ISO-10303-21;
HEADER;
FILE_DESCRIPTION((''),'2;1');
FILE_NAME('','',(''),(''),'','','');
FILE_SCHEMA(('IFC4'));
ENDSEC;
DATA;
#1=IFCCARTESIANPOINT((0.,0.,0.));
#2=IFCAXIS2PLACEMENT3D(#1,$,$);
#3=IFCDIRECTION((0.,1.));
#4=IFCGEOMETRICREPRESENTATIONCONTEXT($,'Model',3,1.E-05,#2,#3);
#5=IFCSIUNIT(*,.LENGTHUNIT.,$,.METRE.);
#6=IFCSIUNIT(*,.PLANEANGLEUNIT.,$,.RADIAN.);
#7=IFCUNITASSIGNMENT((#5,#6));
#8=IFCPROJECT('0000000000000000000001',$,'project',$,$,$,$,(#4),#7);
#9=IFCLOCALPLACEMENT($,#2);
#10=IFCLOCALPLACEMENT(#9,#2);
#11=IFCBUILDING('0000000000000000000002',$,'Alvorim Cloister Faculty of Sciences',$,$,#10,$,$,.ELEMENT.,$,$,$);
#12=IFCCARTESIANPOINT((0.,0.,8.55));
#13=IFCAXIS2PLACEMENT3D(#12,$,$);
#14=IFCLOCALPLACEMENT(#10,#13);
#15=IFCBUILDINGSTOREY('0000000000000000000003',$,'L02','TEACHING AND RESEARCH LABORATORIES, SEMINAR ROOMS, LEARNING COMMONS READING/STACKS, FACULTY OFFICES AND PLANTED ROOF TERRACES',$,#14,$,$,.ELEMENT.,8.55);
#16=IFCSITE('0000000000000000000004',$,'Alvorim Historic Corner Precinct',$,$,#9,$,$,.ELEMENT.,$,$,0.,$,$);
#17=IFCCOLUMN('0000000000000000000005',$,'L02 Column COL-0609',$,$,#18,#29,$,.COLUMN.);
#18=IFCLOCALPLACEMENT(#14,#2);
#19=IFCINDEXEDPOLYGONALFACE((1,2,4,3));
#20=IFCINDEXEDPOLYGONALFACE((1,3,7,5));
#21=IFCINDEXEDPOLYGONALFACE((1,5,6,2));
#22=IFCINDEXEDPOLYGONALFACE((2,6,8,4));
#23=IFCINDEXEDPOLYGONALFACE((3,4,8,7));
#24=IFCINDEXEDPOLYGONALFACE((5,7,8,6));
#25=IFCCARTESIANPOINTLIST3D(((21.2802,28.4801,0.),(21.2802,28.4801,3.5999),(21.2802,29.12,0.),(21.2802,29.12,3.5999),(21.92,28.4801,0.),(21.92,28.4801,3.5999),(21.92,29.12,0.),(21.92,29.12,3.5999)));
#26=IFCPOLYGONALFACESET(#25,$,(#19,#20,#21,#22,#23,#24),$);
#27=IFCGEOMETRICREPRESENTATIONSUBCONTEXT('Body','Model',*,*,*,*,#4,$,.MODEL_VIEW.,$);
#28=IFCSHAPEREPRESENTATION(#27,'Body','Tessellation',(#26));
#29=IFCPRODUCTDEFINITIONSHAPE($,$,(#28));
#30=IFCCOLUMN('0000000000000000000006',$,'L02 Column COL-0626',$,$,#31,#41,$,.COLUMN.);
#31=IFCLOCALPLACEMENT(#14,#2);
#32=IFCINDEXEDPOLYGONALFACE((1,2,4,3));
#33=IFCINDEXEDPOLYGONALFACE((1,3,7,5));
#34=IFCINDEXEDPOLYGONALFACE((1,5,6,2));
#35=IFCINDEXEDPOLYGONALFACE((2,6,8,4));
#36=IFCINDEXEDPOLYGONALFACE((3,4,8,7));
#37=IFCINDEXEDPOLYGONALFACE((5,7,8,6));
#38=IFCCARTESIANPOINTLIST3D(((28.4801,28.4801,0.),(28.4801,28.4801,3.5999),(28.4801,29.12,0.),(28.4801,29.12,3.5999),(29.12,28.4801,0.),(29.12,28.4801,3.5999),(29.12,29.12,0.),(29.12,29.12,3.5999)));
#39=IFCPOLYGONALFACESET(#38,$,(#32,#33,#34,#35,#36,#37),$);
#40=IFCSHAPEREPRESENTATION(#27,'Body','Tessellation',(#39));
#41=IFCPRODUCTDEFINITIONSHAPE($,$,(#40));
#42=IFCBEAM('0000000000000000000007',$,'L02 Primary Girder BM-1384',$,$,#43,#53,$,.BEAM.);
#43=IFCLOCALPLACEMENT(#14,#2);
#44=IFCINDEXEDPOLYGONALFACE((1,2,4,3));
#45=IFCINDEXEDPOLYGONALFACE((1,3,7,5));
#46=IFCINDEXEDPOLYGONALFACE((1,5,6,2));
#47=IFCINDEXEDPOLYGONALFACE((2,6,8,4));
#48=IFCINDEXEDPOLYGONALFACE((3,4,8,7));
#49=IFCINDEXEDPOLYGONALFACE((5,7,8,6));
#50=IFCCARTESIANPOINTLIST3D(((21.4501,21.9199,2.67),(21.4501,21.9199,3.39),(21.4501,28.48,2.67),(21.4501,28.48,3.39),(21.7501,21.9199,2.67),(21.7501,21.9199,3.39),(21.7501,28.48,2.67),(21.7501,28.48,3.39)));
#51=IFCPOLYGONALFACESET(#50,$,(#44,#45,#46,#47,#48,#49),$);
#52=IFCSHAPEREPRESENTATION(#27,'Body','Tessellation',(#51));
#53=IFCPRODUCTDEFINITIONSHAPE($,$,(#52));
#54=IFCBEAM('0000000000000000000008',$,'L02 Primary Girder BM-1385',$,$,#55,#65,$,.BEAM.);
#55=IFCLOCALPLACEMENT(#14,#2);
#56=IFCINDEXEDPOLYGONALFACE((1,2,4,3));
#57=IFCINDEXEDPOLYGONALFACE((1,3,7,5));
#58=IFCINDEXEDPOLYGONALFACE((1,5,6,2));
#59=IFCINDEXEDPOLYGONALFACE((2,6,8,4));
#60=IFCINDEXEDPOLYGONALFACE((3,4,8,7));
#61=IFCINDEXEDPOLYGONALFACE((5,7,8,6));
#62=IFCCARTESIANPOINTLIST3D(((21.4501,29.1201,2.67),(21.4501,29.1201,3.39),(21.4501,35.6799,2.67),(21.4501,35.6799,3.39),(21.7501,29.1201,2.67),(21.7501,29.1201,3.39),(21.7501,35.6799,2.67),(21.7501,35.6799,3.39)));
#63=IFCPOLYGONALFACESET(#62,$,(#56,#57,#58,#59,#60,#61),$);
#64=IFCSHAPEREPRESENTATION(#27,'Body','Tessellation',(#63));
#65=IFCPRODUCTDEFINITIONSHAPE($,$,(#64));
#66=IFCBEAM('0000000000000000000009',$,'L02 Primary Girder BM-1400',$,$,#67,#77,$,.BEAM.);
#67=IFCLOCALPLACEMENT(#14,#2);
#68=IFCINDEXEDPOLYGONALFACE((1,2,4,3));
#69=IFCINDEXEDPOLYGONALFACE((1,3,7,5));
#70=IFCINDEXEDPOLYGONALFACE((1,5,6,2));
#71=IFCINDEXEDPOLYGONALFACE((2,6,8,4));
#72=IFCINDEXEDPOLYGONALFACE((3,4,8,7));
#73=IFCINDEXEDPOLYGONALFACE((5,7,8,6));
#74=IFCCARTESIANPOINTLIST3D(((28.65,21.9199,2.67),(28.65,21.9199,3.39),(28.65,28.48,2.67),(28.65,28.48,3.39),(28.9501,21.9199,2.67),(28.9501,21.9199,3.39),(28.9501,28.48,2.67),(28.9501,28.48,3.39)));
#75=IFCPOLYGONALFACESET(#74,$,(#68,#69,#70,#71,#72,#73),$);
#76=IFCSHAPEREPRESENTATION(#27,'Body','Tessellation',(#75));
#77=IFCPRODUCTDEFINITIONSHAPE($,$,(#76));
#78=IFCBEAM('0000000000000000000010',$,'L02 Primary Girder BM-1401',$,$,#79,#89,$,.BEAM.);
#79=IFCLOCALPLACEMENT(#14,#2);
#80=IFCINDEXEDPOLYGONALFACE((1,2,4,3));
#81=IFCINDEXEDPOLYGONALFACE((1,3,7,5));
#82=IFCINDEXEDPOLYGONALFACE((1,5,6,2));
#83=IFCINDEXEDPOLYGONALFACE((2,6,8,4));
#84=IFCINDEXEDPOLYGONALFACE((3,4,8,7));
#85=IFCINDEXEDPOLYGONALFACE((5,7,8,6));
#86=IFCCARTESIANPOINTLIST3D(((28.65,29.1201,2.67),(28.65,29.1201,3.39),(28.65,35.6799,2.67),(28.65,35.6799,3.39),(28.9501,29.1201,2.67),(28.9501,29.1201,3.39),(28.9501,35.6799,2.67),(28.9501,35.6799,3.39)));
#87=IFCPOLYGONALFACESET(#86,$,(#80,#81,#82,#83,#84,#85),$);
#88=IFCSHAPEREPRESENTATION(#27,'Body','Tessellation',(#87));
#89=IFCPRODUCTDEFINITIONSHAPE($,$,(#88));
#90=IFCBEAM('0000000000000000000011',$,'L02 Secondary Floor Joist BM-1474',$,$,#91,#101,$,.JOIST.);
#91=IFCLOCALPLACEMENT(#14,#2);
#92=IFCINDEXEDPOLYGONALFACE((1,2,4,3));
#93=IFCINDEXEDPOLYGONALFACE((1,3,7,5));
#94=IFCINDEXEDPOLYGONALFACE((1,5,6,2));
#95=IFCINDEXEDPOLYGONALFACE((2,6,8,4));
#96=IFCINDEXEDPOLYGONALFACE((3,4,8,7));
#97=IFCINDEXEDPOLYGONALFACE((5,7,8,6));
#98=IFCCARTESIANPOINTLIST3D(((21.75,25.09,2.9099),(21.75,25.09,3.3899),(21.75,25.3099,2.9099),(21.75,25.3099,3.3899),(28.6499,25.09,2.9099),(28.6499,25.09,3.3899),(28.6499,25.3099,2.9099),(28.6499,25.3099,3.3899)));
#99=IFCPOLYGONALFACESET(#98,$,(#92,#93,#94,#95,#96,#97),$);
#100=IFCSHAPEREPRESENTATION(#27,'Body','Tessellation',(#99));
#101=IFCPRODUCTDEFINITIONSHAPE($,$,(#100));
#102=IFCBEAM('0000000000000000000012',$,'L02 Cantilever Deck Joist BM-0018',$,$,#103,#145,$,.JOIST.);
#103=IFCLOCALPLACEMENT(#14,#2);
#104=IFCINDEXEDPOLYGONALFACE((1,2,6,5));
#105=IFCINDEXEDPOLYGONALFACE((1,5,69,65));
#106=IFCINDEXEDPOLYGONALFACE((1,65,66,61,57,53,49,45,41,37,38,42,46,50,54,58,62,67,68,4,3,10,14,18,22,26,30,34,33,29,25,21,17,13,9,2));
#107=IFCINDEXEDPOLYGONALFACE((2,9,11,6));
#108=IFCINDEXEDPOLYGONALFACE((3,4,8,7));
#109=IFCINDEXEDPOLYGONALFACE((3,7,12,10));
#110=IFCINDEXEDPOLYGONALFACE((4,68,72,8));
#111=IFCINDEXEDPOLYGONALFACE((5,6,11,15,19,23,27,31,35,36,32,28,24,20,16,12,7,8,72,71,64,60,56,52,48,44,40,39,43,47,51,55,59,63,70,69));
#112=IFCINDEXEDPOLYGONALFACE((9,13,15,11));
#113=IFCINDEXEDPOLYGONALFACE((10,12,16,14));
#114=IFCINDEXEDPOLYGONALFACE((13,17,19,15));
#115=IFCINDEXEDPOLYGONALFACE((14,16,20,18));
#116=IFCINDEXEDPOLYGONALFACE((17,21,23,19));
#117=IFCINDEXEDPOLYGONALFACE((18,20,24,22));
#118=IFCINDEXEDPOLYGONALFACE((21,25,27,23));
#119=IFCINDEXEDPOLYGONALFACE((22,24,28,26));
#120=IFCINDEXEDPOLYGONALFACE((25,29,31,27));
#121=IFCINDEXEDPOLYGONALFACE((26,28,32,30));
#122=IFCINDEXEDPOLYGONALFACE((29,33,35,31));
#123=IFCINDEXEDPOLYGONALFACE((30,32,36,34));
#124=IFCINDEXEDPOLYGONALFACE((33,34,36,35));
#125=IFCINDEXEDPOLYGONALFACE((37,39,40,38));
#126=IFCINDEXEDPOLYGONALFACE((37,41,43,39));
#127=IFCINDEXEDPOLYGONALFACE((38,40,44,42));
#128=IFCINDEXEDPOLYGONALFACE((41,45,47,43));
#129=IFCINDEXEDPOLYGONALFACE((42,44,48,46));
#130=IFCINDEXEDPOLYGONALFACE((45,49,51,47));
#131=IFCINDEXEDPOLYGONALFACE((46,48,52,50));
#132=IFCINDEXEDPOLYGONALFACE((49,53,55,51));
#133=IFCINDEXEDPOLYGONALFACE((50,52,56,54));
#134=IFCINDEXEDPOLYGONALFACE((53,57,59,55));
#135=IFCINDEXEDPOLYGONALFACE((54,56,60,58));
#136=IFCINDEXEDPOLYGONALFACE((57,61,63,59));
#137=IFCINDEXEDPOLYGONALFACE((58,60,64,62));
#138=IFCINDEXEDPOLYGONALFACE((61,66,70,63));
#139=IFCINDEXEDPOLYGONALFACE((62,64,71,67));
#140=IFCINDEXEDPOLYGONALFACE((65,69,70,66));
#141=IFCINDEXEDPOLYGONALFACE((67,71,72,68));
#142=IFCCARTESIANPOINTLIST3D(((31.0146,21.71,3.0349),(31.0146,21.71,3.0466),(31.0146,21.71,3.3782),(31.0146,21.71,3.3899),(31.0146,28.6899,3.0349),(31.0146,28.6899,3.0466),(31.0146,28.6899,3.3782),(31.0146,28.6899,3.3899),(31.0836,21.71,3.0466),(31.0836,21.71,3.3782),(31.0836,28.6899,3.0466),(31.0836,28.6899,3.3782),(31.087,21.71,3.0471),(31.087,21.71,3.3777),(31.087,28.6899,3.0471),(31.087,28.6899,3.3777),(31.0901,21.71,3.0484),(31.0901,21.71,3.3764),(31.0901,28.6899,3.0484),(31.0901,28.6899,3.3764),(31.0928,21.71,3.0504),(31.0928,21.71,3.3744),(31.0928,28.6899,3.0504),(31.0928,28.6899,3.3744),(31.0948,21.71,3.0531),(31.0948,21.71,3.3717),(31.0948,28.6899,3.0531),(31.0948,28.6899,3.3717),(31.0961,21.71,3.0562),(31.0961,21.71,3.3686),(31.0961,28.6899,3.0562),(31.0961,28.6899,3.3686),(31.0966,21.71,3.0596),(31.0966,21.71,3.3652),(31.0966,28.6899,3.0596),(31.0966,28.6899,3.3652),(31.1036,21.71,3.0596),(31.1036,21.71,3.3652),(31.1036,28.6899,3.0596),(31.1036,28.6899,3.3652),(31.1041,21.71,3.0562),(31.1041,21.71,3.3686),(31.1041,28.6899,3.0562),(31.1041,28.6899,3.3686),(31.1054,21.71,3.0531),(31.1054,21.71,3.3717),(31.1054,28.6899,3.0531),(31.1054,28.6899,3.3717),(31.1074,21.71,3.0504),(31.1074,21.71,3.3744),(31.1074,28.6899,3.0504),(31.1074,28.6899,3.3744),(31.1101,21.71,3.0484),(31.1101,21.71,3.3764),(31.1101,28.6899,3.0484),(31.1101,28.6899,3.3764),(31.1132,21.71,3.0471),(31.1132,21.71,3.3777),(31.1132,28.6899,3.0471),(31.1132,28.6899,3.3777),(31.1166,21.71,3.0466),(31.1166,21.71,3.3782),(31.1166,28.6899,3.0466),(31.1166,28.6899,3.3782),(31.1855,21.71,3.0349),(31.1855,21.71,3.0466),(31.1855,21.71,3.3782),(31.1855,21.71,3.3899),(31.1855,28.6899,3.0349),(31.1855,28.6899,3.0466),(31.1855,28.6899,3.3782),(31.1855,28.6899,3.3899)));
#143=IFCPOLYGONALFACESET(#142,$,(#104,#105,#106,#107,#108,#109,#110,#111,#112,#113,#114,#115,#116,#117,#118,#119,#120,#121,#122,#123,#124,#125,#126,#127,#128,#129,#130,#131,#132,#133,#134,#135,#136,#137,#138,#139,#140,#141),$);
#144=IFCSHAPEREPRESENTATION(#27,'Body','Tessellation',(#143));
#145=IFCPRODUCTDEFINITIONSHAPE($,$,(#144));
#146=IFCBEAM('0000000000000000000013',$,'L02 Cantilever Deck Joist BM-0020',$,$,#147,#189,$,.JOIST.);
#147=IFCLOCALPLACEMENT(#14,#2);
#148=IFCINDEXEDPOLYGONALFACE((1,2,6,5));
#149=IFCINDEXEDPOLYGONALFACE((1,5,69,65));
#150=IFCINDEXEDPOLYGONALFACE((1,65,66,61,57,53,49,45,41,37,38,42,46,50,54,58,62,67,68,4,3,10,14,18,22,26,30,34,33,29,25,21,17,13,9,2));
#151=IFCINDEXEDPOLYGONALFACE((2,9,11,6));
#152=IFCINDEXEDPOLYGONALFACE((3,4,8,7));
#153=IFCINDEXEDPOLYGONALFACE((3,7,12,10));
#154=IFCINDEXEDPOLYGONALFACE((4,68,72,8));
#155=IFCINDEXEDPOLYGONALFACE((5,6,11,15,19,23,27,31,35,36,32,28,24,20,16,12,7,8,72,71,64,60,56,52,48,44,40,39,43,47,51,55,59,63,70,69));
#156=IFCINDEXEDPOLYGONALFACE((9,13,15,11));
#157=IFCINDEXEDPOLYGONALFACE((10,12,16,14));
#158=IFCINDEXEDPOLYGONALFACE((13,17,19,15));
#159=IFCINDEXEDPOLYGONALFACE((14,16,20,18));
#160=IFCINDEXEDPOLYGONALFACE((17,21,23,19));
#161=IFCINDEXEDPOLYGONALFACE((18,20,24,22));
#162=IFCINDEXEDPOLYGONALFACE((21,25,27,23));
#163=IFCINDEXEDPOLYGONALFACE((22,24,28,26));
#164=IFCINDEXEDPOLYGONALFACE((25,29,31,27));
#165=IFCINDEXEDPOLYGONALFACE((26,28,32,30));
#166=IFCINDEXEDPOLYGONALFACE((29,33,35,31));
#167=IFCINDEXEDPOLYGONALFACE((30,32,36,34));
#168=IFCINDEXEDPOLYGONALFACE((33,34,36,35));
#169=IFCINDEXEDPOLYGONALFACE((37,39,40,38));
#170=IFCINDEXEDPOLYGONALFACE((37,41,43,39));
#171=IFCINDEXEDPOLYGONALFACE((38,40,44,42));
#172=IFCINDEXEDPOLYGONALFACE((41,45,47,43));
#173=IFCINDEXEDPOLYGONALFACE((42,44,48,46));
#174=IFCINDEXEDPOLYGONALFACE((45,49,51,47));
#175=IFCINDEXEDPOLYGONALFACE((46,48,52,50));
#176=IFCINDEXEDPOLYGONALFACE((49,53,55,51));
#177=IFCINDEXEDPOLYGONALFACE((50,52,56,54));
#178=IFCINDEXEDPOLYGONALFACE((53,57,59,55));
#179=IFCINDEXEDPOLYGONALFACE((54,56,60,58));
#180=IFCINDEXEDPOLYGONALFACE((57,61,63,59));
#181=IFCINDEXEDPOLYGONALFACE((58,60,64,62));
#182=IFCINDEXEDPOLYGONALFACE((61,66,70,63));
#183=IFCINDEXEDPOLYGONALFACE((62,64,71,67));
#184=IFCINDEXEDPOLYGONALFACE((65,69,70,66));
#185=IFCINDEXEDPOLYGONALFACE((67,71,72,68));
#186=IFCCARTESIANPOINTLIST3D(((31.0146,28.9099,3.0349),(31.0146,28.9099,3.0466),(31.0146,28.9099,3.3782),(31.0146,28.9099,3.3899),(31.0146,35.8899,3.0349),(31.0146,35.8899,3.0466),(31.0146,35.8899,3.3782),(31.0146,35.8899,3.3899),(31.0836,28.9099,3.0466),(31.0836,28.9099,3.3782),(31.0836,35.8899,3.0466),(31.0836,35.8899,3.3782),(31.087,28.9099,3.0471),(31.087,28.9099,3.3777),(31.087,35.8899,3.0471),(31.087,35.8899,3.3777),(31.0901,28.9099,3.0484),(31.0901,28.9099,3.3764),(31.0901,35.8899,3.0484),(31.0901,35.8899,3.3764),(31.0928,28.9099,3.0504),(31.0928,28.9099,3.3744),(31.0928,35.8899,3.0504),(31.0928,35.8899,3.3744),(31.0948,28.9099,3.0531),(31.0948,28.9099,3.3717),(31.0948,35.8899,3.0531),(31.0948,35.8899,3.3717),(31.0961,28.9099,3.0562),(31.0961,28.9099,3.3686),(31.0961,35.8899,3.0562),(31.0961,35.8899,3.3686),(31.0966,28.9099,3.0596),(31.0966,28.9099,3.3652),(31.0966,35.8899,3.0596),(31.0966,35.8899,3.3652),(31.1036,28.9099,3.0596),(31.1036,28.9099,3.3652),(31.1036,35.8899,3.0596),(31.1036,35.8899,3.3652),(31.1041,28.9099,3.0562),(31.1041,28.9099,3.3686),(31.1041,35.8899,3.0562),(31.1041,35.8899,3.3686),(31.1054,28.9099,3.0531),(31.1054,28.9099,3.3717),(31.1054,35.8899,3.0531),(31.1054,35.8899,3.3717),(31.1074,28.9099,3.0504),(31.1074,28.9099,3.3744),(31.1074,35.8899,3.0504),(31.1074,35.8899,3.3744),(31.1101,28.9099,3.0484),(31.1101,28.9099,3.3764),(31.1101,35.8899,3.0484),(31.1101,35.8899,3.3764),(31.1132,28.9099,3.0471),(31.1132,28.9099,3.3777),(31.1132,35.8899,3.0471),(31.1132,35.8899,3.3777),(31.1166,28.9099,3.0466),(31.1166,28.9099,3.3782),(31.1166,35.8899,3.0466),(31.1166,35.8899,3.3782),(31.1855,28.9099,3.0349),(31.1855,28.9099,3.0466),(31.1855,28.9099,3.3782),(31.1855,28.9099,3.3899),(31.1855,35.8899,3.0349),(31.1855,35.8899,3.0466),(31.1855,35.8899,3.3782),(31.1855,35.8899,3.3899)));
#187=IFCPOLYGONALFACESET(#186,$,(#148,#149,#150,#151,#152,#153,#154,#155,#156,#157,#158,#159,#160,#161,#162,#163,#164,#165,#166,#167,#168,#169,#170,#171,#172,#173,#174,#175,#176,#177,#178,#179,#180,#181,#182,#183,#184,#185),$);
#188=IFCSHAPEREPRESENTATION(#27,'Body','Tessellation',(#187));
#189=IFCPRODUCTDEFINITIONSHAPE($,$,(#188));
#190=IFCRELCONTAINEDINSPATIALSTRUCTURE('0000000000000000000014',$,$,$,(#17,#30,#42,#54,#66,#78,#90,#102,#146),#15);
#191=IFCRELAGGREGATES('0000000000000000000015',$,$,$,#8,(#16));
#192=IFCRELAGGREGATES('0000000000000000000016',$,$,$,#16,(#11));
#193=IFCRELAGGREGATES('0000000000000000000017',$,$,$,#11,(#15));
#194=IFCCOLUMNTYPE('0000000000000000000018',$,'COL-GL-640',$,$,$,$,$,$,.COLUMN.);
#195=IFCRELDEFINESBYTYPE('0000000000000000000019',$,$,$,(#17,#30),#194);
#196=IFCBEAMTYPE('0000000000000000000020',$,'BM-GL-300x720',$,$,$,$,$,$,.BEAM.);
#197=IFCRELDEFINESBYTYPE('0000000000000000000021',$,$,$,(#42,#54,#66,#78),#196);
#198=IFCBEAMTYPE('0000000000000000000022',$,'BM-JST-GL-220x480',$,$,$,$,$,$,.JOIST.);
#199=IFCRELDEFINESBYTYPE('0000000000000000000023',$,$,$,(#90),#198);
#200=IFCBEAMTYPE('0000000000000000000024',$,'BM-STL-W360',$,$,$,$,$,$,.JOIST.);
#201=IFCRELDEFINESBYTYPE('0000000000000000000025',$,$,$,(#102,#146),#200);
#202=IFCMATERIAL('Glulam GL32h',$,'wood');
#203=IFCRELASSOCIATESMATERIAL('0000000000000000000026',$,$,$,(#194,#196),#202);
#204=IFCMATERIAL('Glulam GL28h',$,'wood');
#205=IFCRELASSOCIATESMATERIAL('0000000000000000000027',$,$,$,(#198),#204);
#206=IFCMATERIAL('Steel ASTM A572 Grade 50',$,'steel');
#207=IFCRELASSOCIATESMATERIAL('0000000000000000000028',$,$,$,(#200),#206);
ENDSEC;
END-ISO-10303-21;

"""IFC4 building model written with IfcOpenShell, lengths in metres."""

from ifc_helpers import new_model, si_unit, direction, frame, origin, origin_2d, place, context, subcontext, project, spatial, rectangle, i_section, extrude, material, material_profile, profile_set, type_object, element, save


model = new_model("IFC4")

# Units and contexts
model_context = context("Model", 3, precision=1e-05, world=origin(), true_north=direction((0.0, 1.0)))
body_context = subcontext(model_context, "Body", "Model", "MODEL_VIEW")
ifc_project = project(units=[si_unit("LENGTHUNIT", "METRE"), si_unit("PLANEANGLEUNIT", "RADIAN")], contexts=[model_context])

# Site, building, storey
site_placement = place(None, origin())
site = spatial("IfcSite", under=ifc_project, at=site_placement, Name="Alvorim Historic Corner Precinct", CompositionType="ELEMENT", RefElevation=0.0)
building_placement = place(site_placement, origin())
building = spatial("IfcBuilding", under=site, at=building_placement, Name="Alvorim Cloister Faculty of Sciences", CompositionType="ELEMENT")
storey_placement = place(building_placement, frame((0.0, 0.0, 8.55)))
storey = spatial("IfcBuildingStorey", under=building, at=storey_placement, Name="L02", Description="TEACHING AND RESEARCH LABORATORIES, SEMINAR ROOMS, LEARNING COMMONS READING/STACKS, FACULTY OFFICES AND PLANTED ROOF TERRACES", CompositionType="ELEMENT", Elevation=8.55)

# Columns
ifc_material_1 = material(Name="Glulam GL32h", Category="wood")
ifc_material_profile_1 = material_profile(ifc_material_1, rectangle(XDim=0.6399, YDim=0.6399, at=origin_2d()), Name="GL32-COL-640x640")
ifc_profile_set_1 = profile_set([ifc_material_profile_1], Name="Glulam GL32h")
column_type = type_object("IfcColumnType", Name="COL-GL-640", PredefinedType="COLUMN", material=ifc_profile_set_1)
for number, where, z_axis, x_axis, name in (
    (1, (21.6001, 28.8, 0.0), (0.0, 0.0, 1.0), (1.0, 0.0, 0.0), "L02 Column COL-0609"),
    (2, (28.8, 28.8, 0.0), (0.0, 0.0, 1.0), (1.0, 0.0, 0.0), "L02 Column COL-0626"),
):
    element("IfcColumn", number, at=place(storey_placement, frame(where, z_axis=z_axis, x_axis=x_axis)), inside=storey, type_object=column_type, Name=name, PredefinedType="COLUMN", context=body_context, shape_type="SweptSolid", body=[
        extrude(rectangle(XDim=0.6399, YDim=0.6399, at=origin_2d()), origin(), (0.0, 0.0, 1.0), 3.5999),
    ])

# Beams
ifc_material_profile_2 = material_profile(ifc_material_1, rectangle(XDim=0.3, YDim=0.72, at=origin_2d()), Name="GL32-BM-300x720")
ifc_profile_set_2 = profile_set([ifc_material_profile_2], Name="Glulam GL32h")
beam_type_1 = type_object("IfcBeamType", Name="BM-GL-300x720", PredefinedType="BEAM", material=ifc_profile_set_2)
beam_1_placement = place(storey_placement, frame((21.6001, 21.9199, 3.03), z_axis=(0.0, 1.0, 0.0), x_axis=(-1.0, 0.0, 0.0)))
element("IfcBeam", 3, at=beam_1_placement, inside=storey, type_object=beam_type_1, Name="L02 Primary Girder BM-1384", PredefinedType="BEAM", context=body_context, shape_type="SweptSolid", body=[
    extrude(rectangle(XDim=0.3, YDim=0.72, at=origin_2d()), origin(), (0.0, 0.0, 1.0), 6.5601),
])
beam_2_placement = place(storey_placement, frame((21.6001, 29.1201, 3.03), z_axis=(0.0, 1.0, 0.0), x_axis=(-1.0, 0.0, 0.0)))
element("IfcBeam", 4, at=beam_2_placement, inside=storey, type_object=beam_type_1, Name="L02 Primary Girder BM-1385", PredefinedType="BEAM", context=body_context, shape_type="SweptSolid", body=[
    extrude(rectangle(XDim=0.3, YDim=0.72, at=origin_2d()), origin(), (0.0, 0.0, 1.0), 6.5598),
])
beam_3_placement = place(storey_placement, frame((28.8, 21.9199, 3.03), z_axis=(0.0, 1.0, 0.0), x_axis=(-1.0, 0.0, 0.0)))
element("IfcBeam", 5, at=beam_3_placement, inside=storey, type_object=beam_type_1, Name="L02 Primary Girder BM-1400", PredefinedType="BEAM", context=body_context, shape_type="SweptSolid", body=[
    extrude(rectangle(XDim=0.3, YDim=0.72, at=origin_2d()), origin(), (0.0, 0.0, 1.0), 6.5601),
])
beam_4_placement = place(storey_placement, frame((28.8, 29.1201, 3.03), z_axis=(0.0, 1.0, 0.0), x_axis=(-1.0, 0.0, 0.0)))
element("IfcBeam", 6, at=beam_4_placement, inside=storey, type_object=beam_type_1, Name="L02 Primary Girder BM-1401", PredefinedType="BEAM", context=body_context, shape_type="SweptSolid", body=[
    extrude(rectangle(XDim=0.3, YDim=0.72, at=origin_2d()), origin(), (0.0, 0.0, 1.0), 6.5598),
])
ifc_material_2 = material(Name="Glulam GL28h", Category="wood")
ifc_material_profile_3 = material_profile(ifc_material_2, rectangle(XDim=0.22, YDim=0.48, at=origin_2d()), Name="GL28-JST-220x480")
ifc_profile_set_3 = profile_set([ifc_material_profile_3], Name="Glulam GL28h")
beam_type_2 = type_object("IfcBeamType", Name="BM-JST-GL-220x480", PredefinedType="JOIST", material=ifc_profile_set_3)
beam_5_placement = place(storey_placement, frame((21.75, 25.2, 3.1499), z_axis=(1.0, 0.0, 0.0), x_axis=(0.0, 1.0, 0.0)))
element("IfcBeam", 7, at=beam_5_placement, inside=storey, type_object=beam_type_2, Name="L02 Secondary Floor Joist BM-1474", PredefinedType="JOIST", context=body_context, shape_type="SweptSolid", body=[
    extrude(rectangle(XDim=0.22, YDim=0.48, at=origin_2d()), origin(), (0.0, 0.0, 1.0), 6.8999),
])
ifc_material_3 = material(Name="Steel ASTM A572 Grade 50", Category="steel")
ifc_material_profile_4 = material_profile(ifc_material_3, i_section(OverallWidth=0.1709, OverallDepth=0.355, WebThickness=0.0071, FlangeThickness=0.0117, FilletRadius=0.0129, at=origin_2d()), Name="W360x51.0")
ifc_profile_set_4 = profile_set([ifc_material_profile_4], Name="Steel ASTM A572 Grade 50")
beam_type_3 = type_object("IfcBeamType", Name="BM-STL-W360", PredefinedType="JOIST", material=ifc_profile_set_4)
for number, where, z_axis, x_axis, name in (
    (8, (31.1001, 21.71, 3.2124), (0.0, 1.0, 0.0), (-1.0, 0.0, 0.0), "L02 Cantilever Deck Joist BM-0018"),
    (9, (31.1001, 28.9099, 3.2124), (0.0, 1.0, 0.0), (-1.0, 0.0, 0.0), "L02 Cantilever Deck Joist BM-0020"),
):
    element("IfcBeam", number, at=place(storey_placement, frame(where, z_axis=z_axis, x_axis=x_axis)), inside=storey, type_object=beam_type_3, Name=name, PredefinedType="JOIST", context=body_context, shape_type="SweptSolid", body=[
        extrude(i_section(OverallWidth=0.1709, OverallDepth=0.355, WebThickness=0.0071, FlangeThickness=0.0117, FilletRadius=0.0129, at=origin_2d()), origin(), (0.0, 0.0, 1.0), 6.98),
    ])

save(model, "model.ifc")
